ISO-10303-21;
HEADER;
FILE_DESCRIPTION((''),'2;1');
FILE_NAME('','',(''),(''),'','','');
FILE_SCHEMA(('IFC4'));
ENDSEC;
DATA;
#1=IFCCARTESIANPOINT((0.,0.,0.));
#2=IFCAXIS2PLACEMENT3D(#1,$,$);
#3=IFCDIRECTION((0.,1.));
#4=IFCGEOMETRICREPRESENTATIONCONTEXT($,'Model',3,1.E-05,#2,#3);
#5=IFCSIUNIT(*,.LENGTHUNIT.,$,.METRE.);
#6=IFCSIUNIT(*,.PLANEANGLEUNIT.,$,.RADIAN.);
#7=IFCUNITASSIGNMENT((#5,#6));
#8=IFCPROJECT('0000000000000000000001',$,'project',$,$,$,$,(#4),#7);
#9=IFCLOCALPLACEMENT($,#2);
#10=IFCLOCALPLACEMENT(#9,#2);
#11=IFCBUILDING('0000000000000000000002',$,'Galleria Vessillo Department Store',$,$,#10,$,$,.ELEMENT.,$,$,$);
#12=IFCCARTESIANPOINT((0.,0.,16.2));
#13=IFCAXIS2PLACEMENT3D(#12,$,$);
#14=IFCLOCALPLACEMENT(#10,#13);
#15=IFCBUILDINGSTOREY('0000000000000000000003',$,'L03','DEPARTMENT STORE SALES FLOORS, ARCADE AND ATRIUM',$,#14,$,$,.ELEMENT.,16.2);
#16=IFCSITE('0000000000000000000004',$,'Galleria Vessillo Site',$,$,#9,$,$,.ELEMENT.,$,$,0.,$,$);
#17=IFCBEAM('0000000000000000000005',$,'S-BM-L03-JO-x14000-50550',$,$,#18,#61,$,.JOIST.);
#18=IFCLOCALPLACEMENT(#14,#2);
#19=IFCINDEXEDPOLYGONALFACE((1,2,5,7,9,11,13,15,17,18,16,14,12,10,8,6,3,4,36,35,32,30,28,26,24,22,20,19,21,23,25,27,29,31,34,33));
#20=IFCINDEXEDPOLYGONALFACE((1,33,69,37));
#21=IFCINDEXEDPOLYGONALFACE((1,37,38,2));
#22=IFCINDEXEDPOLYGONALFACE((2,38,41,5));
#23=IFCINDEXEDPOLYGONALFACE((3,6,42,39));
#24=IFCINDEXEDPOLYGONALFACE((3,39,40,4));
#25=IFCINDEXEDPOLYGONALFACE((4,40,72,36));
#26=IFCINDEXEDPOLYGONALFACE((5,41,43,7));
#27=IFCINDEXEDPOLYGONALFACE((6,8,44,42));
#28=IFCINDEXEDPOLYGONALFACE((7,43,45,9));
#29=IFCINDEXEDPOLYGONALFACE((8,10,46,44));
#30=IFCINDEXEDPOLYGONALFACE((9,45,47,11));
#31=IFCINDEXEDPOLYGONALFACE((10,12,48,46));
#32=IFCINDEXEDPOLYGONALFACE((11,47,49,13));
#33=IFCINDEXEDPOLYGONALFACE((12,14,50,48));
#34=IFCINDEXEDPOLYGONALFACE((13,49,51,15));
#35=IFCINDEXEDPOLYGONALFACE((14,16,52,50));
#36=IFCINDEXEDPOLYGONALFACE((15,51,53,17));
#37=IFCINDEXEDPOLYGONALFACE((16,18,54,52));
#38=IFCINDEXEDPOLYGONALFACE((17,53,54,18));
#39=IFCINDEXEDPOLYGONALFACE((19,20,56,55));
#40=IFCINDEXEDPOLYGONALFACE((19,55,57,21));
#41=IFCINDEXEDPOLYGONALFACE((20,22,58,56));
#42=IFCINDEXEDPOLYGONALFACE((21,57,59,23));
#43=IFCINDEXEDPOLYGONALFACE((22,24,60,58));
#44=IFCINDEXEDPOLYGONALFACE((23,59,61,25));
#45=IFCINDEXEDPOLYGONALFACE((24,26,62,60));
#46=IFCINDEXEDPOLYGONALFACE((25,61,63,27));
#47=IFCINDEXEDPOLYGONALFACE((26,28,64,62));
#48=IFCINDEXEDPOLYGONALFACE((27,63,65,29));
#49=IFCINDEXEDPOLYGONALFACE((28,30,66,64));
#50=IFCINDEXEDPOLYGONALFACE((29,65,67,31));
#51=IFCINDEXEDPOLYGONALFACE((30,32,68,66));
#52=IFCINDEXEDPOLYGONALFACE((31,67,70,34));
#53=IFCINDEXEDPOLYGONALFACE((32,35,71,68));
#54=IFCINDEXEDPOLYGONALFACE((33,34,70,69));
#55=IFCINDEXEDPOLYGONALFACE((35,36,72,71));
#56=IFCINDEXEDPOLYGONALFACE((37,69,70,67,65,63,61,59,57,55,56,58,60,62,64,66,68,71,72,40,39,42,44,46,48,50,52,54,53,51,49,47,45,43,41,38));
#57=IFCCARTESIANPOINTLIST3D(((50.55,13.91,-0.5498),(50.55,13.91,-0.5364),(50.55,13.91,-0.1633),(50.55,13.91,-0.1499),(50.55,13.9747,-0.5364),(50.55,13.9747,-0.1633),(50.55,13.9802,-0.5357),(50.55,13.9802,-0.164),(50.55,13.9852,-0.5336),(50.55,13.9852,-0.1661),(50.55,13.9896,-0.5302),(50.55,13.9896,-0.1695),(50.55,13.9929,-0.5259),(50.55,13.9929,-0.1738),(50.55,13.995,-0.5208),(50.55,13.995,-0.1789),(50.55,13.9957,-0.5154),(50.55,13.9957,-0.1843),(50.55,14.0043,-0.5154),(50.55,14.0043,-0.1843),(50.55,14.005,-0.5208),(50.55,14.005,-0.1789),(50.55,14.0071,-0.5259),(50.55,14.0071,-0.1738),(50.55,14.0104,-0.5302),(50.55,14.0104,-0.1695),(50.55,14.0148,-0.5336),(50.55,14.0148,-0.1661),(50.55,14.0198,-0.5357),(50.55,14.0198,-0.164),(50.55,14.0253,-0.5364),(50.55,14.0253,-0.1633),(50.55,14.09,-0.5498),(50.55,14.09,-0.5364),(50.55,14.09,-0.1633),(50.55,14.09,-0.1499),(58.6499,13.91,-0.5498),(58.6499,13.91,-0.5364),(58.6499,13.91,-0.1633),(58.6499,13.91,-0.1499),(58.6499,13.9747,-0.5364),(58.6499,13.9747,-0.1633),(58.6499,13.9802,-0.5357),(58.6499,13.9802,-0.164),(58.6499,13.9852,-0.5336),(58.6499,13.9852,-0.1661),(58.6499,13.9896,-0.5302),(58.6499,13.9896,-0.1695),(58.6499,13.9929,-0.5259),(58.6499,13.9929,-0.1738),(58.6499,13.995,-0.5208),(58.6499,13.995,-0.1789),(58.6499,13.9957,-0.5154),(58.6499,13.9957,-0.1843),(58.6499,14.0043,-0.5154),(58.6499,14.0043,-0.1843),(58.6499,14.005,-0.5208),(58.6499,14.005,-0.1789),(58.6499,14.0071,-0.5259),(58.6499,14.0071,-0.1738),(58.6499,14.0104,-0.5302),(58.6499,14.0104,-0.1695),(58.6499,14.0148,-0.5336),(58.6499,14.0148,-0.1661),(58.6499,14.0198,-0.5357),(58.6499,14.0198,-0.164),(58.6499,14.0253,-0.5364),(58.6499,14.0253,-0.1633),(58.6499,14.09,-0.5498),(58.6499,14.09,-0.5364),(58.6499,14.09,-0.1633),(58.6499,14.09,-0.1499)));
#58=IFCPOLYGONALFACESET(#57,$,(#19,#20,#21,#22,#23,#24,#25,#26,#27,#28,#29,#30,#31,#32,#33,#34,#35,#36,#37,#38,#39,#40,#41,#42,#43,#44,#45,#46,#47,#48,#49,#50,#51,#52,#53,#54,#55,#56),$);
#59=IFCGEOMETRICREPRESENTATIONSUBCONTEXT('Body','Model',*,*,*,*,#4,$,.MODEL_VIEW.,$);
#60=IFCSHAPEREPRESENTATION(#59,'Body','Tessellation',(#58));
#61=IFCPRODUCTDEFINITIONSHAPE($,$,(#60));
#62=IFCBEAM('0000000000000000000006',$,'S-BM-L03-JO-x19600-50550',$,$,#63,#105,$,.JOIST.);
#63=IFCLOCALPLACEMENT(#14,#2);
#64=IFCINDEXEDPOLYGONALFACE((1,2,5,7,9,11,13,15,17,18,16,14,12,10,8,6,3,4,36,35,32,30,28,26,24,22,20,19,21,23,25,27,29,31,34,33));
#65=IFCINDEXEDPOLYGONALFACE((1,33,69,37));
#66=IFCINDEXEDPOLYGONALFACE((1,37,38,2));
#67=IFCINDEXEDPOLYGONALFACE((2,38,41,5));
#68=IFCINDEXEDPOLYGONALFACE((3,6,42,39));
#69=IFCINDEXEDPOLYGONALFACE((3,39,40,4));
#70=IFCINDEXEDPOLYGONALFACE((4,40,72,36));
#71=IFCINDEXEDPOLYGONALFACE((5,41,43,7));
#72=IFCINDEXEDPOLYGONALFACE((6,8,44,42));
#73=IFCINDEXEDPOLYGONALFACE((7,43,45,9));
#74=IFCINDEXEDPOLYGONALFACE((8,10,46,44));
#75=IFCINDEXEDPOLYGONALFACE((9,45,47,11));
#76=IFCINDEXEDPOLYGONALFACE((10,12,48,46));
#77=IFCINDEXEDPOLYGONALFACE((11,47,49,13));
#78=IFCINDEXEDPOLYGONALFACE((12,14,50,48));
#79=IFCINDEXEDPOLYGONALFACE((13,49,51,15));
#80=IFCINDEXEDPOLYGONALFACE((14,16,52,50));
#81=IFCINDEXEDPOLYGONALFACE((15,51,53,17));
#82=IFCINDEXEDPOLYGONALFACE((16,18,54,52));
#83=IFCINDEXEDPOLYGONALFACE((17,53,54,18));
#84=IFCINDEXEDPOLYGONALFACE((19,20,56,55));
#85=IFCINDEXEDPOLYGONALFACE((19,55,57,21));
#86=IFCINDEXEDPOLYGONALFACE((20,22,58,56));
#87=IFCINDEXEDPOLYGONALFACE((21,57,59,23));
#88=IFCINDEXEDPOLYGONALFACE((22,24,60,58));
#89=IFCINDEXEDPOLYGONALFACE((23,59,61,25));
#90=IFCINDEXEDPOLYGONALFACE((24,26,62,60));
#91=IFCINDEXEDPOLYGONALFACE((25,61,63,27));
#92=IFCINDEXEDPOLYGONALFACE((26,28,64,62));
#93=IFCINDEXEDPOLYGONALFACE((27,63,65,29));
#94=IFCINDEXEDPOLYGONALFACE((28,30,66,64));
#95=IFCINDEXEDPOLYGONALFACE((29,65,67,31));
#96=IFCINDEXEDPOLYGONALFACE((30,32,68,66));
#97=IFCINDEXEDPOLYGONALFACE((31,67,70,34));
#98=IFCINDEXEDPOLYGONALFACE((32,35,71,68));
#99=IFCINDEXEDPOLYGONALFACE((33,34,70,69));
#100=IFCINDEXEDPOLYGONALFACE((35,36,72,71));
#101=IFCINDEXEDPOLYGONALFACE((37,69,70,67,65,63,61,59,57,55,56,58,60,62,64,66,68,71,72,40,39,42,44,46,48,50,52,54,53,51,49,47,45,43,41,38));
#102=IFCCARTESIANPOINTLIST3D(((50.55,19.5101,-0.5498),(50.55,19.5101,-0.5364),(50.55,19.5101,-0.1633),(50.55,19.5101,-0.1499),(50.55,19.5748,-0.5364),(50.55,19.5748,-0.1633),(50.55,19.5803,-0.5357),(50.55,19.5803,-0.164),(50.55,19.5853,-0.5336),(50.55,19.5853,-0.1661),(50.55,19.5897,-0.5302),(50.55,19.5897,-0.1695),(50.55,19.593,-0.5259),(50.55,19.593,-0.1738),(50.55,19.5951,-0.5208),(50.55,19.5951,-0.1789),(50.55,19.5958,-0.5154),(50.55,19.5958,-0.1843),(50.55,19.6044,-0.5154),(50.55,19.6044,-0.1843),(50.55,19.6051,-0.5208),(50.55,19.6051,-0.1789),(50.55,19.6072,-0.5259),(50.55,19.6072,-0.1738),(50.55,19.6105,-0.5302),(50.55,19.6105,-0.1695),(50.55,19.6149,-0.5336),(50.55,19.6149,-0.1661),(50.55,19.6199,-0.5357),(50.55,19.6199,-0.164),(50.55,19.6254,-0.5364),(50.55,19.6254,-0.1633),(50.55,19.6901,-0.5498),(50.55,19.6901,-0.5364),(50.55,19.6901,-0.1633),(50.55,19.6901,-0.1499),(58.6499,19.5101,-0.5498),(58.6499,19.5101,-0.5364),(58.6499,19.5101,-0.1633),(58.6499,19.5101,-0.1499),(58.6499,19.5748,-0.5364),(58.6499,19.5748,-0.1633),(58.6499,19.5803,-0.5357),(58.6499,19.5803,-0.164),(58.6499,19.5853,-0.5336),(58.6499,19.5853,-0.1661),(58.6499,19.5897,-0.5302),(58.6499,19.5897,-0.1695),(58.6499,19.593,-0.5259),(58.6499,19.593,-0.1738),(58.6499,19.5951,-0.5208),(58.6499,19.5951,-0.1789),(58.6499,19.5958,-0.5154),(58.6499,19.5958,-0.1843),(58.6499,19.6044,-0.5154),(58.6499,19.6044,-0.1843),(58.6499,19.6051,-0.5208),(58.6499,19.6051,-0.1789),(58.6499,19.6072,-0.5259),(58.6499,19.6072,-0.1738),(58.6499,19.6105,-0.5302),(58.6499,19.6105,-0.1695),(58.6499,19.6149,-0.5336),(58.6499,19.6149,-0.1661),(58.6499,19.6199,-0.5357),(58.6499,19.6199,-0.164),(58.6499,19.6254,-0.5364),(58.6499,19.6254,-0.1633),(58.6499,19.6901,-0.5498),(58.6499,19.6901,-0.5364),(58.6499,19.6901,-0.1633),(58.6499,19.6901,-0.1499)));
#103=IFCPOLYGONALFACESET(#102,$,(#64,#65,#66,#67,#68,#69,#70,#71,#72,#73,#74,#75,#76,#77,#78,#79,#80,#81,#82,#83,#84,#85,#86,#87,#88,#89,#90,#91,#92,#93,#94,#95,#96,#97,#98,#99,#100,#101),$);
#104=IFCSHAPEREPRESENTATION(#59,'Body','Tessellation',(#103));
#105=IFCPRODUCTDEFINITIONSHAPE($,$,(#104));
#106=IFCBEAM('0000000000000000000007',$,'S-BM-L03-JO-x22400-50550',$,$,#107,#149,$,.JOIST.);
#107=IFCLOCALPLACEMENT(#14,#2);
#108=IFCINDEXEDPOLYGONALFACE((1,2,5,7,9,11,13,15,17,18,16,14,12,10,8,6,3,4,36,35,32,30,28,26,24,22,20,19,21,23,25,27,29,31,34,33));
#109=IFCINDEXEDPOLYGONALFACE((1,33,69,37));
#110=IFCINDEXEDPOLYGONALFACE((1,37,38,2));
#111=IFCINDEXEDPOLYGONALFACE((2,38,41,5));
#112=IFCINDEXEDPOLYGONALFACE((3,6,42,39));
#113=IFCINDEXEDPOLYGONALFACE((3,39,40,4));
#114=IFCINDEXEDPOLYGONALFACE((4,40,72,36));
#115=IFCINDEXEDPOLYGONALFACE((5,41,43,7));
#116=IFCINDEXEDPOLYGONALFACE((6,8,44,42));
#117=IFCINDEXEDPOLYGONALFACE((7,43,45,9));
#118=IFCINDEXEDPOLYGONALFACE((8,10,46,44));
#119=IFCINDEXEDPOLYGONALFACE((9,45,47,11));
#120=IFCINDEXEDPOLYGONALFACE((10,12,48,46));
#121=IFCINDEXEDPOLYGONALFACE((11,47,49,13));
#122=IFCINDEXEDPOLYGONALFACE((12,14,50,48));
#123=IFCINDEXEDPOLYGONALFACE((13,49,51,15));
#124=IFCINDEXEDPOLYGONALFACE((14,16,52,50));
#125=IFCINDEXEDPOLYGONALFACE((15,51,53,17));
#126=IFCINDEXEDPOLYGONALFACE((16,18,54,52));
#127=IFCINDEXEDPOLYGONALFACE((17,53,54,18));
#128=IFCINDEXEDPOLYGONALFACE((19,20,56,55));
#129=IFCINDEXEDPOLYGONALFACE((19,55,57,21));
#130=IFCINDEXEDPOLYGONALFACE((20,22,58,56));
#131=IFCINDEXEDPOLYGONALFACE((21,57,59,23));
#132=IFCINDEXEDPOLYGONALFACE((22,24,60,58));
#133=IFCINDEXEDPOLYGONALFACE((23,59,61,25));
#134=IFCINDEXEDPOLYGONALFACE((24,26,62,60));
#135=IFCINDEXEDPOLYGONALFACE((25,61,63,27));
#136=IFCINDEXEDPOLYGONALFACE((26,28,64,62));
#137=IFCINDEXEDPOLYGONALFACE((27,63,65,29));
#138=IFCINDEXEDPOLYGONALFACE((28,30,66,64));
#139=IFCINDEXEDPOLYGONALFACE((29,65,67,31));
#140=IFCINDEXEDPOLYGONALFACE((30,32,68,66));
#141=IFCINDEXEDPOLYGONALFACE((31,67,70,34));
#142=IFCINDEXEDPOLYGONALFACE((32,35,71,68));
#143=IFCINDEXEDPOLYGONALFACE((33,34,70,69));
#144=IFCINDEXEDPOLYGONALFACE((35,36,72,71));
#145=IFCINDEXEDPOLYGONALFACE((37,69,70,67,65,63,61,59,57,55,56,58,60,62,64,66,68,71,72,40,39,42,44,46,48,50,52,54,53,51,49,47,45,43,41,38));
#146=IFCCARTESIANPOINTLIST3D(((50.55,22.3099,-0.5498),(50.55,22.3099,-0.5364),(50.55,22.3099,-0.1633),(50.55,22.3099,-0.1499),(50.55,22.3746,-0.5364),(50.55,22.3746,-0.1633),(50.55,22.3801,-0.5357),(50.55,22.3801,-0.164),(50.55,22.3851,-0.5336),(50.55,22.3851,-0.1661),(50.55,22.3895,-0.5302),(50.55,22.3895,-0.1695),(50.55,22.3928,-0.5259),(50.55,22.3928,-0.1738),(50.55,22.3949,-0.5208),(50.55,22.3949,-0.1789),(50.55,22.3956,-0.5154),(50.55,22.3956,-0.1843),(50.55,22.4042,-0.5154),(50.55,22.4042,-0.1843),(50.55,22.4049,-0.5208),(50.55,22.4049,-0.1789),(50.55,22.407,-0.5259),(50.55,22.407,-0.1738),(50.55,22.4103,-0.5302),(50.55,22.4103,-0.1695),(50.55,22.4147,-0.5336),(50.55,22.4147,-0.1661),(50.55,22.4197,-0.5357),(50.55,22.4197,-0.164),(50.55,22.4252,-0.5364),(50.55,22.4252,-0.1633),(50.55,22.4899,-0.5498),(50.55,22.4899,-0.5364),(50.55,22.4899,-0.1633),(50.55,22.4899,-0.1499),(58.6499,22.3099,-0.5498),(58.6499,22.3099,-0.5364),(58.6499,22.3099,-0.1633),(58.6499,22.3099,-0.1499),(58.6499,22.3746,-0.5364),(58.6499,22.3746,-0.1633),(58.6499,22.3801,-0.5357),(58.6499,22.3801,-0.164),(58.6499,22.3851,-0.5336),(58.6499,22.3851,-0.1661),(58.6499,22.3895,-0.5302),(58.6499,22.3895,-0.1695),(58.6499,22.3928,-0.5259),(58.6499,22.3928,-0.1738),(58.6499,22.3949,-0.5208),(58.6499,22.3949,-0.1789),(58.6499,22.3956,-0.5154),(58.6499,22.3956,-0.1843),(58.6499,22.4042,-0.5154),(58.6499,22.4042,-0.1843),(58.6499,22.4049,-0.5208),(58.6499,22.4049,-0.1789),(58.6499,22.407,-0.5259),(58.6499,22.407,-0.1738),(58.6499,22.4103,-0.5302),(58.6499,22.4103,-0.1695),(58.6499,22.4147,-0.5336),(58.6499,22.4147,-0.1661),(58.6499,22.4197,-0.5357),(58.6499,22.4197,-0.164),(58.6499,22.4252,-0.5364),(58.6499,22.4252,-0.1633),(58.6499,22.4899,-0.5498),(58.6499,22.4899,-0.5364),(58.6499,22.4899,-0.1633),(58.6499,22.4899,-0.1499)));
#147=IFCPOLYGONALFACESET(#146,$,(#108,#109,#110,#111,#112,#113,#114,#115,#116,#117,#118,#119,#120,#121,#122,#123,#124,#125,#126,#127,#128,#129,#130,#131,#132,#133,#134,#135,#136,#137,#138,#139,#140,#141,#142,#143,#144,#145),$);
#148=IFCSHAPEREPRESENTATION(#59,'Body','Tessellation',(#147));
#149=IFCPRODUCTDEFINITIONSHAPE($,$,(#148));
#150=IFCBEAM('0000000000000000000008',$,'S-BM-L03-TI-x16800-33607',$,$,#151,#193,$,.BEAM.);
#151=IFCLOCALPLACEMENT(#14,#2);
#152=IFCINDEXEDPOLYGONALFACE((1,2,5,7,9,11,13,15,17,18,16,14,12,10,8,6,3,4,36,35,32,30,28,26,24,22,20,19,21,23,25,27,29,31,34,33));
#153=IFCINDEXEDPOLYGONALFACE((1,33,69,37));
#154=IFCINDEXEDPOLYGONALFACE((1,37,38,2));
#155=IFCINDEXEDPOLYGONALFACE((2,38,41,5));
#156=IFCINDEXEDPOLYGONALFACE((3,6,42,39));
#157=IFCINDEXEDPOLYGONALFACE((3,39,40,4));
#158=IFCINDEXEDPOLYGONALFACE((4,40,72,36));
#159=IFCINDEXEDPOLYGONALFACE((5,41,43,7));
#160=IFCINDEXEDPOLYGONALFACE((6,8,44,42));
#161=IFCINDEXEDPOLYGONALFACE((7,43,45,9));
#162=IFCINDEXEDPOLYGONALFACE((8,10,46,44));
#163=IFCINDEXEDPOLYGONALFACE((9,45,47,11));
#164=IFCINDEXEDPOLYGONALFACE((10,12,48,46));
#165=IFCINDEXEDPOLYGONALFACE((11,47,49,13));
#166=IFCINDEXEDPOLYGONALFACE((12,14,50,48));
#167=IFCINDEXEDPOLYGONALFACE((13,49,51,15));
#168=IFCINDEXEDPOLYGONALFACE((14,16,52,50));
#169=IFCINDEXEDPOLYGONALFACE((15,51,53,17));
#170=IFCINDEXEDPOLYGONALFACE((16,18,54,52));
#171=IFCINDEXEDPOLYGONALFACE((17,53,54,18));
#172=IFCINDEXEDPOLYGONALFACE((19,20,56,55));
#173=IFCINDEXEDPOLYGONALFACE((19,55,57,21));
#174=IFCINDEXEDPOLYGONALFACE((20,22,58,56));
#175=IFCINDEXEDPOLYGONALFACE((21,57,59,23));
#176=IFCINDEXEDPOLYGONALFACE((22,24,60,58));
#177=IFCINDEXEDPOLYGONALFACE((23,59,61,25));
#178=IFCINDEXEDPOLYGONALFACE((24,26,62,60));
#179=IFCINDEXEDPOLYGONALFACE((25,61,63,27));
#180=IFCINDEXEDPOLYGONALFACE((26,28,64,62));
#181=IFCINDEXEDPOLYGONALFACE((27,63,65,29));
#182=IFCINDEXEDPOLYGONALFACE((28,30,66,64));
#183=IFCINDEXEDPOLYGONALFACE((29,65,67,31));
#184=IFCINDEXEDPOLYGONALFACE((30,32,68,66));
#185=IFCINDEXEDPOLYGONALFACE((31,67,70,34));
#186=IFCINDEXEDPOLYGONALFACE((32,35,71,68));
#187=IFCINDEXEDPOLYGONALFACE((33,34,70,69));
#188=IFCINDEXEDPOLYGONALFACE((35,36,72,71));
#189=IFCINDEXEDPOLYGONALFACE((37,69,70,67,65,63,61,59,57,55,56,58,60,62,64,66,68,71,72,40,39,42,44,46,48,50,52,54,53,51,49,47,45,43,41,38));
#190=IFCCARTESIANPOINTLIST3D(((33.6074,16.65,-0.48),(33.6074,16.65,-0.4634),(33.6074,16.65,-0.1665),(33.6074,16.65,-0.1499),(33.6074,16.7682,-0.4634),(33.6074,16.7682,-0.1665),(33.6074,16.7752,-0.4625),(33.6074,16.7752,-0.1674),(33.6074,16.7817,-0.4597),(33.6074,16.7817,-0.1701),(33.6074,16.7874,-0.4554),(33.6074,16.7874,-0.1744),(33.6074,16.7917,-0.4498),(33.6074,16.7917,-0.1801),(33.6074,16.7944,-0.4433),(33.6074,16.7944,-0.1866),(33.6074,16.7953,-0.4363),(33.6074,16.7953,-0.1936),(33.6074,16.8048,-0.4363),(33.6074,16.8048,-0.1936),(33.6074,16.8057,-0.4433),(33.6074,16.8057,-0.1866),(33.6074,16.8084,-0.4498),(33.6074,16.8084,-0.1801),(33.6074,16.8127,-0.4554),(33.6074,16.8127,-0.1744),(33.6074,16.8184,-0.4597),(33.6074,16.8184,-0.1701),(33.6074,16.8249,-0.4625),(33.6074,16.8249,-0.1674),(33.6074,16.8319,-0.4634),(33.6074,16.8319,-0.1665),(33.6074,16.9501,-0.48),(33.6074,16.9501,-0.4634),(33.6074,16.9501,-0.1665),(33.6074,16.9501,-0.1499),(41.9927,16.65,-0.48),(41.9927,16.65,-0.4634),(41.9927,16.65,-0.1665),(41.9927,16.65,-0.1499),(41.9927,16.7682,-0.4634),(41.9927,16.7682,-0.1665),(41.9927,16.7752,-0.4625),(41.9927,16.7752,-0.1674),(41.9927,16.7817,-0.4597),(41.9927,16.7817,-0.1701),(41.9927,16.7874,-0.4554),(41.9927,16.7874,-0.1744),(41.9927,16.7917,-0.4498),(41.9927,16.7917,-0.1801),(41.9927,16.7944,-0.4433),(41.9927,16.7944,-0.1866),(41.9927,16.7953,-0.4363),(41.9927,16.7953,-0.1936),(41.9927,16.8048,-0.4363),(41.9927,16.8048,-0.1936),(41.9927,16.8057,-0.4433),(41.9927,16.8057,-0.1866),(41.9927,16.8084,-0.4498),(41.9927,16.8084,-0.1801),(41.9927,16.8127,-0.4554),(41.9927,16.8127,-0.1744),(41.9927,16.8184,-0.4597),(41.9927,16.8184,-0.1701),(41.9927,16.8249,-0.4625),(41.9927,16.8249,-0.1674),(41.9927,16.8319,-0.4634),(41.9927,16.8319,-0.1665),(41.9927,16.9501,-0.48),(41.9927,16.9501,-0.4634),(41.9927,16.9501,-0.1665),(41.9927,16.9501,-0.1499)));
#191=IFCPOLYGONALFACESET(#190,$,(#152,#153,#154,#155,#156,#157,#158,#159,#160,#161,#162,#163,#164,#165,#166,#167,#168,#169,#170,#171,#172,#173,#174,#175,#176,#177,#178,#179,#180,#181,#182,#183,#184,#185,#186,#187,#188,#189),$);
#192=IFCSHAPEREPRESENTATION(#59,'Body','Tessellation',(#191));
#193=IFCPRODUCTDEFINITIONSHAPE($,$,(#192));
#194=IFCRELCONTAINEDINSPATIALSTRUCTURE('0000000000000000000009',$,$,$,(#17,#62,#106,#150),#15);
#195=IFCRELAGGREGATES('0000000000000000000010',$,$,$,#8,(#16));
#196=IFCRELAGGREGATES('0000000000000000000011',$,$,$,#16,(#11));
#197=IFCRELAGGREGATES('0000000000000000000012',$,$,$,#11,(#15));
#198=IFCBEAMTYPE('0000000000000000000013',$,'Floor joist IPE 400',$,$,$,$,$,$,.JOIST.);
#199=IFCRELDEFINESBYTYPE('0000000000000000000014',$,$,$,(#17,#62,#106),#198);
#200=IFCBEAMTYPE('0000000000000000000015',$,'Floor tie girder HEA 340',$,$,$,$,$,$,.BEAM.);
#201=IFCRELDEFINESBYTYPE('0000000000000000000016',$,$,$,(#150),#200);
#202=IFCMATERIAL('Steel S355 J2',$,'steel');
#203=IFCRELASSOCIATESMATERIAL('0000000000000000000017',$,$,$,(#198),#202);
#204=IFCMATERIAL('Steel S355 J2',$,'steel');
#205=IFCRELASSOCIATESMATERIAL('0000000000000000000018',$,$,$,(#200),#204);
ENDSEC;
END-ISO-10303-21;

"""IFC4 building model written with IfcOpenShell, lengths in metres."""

from ifc_helpers import new_model, si_unit, direction, frame, origin, origin_2d, place, context, subcontext, project, spatial, i_section, extrude, material, material_profile, profile_set, type_object, element, save


model = new_model("IFC4")

# Units and contexts
model_context = context("Model", 3, precision=1e-05, world=origin(), true_north=direction((0.0, 1.0)))
body_context = subcontext(model_context, "Body", "Model", "MODEL_VIEW")
ifc_project = project(units=[si_unit("LENGTHUNIT", "METRE"), si_unit("PLANEANGLEUNIT", "RADIAN")], contexts=[model_context])

# Site, building, storey
site_placement = place(None, origin())
site = spatial("IfcSite", under=ifc_project, at=site_placement, Name="Galleria Vessillo Site", CompositionType="ELEMENT", RefElevation=0.0)
building_placement = place(site_placement, origin())
building = spatial("IfcBuilding", under=site, at=building_placement, Name="Galleria Vessillo Department Store", CompositionType="ELEMENT")
storey_placement = place(building_placement, frame((0.0, 0.0, 16.2)))
storey = spatial("IfcBuildingStorey", under=building, at=storey_placement, Name="L03", Description="DEPARTMENT STORE SALES FLOORS, ARCADE AND ATRIUM", CompositionType="ELEMENT", Elevation=16.2)

# Beams
ifc_material_1 = material(Name="Steel S355 J2", Category="steel")
ifc_material_profile_1 = material_profile(ifc_material_1, i_section(OverallWidth=0.1799, OverallDepth=0.3999, WebThickness=0.0085, FlangeThickness=0.0134, FilletRadius=0.021, at=origin_2d()), Name="IPE 400")
ifc_profile_set_1 = profile_set([ifc_material_profile_1], Name="Steel S355 J2")
beam_type_1 = type_object("IfcBeamType", Name="Floor joist IPE 400", PredefinedType="JOIST", material=ifc_profile_set_1)
for number, where, z_axis, x_axis, name in (
    (1, (50.55, 14.0, -0.3499), (1.0, 0.0, 0.0), (0.0, 1.0, 0.0), "S-BM-L03-JO-x14000-50550"),
    (2, (50.55, 19.6001, -0.3499), (1.0, 0.0, 0.0), (0.0, 1.0, 0.0), "S-BM-L03-JO-x19600-50550"),
    (3, (50.55, 22.3999, -0.3499), (1.0, 0.0, 0.0), (0.0, 1.0, 0.0), "S-BM-L03-JO-x22400-50550"),
):
    element("IfcBeam", number, at=place(storey_placement, frame(where, z_axis=z_axis, x_axis=x_axis)), inside=storey, type_object=beam_type_1, Name=name, PredefinedType="JOIST", context=body_context, shape_type="SweptSolid", body=[
        extrude(i_section(OverallWidth=0.1799, OverallDepth=0.3999, WebThickness=0.0085, FlangeThickness=0.0134, FilletRadius=0.021, at=origin_2d()), origin(), (0.0, 0.0, 1.0), 8.0999),
    ])
ifc_material_2 = material(Name="Steel S355 J2", Category="steel")
ifc_material_profile_2 = material_profile(ifc_material_2, i_section(OverallWidth=0.3, OverallDepth=0.3301, WebThickness=0.0095, FlangeThickness=0.0166, FilletRadius=0.0271, at=origin_2d()), Name="HEA 340")
ifc_profile_set_2 = profile_set([ifc_material_profile_2], Name="Steel S355 J2")
beam_type_2 = type_object("IfcBeamType", Name="Floor tie girder HEA 340", PredefinedType="BEAM", material=ifc_profile_set_2)
for number, where, z_axis, x_axis, name in (
    (4, (33.6074, 16.8, -0.3149), (1.0, 0.0, 0.0), (0.0, 1.0, 0.0), "S-BM-L03-TI-x16800-33607"),
):
    element("IfcBeam", number, at=place(storey_placement, frame(where, z_axis=z_axis, x_axis=x_axis)), inside=storey, type_object=beam_type_2, Name=name, PredefinedType="BEAM", context=body_context, shape_type="SweptSolid", body=[
        extrude(i_section(OverallWidth=0.3, OverallDepth=0.3301, WebThickness=0.0095, FlangeThickness=0.0166, FilletRadius=0.0271, at=origin_2d()), origin(), (0.0, 0.0, 1.0), 8.3853),
    ])

save(model, "model.ifc")
